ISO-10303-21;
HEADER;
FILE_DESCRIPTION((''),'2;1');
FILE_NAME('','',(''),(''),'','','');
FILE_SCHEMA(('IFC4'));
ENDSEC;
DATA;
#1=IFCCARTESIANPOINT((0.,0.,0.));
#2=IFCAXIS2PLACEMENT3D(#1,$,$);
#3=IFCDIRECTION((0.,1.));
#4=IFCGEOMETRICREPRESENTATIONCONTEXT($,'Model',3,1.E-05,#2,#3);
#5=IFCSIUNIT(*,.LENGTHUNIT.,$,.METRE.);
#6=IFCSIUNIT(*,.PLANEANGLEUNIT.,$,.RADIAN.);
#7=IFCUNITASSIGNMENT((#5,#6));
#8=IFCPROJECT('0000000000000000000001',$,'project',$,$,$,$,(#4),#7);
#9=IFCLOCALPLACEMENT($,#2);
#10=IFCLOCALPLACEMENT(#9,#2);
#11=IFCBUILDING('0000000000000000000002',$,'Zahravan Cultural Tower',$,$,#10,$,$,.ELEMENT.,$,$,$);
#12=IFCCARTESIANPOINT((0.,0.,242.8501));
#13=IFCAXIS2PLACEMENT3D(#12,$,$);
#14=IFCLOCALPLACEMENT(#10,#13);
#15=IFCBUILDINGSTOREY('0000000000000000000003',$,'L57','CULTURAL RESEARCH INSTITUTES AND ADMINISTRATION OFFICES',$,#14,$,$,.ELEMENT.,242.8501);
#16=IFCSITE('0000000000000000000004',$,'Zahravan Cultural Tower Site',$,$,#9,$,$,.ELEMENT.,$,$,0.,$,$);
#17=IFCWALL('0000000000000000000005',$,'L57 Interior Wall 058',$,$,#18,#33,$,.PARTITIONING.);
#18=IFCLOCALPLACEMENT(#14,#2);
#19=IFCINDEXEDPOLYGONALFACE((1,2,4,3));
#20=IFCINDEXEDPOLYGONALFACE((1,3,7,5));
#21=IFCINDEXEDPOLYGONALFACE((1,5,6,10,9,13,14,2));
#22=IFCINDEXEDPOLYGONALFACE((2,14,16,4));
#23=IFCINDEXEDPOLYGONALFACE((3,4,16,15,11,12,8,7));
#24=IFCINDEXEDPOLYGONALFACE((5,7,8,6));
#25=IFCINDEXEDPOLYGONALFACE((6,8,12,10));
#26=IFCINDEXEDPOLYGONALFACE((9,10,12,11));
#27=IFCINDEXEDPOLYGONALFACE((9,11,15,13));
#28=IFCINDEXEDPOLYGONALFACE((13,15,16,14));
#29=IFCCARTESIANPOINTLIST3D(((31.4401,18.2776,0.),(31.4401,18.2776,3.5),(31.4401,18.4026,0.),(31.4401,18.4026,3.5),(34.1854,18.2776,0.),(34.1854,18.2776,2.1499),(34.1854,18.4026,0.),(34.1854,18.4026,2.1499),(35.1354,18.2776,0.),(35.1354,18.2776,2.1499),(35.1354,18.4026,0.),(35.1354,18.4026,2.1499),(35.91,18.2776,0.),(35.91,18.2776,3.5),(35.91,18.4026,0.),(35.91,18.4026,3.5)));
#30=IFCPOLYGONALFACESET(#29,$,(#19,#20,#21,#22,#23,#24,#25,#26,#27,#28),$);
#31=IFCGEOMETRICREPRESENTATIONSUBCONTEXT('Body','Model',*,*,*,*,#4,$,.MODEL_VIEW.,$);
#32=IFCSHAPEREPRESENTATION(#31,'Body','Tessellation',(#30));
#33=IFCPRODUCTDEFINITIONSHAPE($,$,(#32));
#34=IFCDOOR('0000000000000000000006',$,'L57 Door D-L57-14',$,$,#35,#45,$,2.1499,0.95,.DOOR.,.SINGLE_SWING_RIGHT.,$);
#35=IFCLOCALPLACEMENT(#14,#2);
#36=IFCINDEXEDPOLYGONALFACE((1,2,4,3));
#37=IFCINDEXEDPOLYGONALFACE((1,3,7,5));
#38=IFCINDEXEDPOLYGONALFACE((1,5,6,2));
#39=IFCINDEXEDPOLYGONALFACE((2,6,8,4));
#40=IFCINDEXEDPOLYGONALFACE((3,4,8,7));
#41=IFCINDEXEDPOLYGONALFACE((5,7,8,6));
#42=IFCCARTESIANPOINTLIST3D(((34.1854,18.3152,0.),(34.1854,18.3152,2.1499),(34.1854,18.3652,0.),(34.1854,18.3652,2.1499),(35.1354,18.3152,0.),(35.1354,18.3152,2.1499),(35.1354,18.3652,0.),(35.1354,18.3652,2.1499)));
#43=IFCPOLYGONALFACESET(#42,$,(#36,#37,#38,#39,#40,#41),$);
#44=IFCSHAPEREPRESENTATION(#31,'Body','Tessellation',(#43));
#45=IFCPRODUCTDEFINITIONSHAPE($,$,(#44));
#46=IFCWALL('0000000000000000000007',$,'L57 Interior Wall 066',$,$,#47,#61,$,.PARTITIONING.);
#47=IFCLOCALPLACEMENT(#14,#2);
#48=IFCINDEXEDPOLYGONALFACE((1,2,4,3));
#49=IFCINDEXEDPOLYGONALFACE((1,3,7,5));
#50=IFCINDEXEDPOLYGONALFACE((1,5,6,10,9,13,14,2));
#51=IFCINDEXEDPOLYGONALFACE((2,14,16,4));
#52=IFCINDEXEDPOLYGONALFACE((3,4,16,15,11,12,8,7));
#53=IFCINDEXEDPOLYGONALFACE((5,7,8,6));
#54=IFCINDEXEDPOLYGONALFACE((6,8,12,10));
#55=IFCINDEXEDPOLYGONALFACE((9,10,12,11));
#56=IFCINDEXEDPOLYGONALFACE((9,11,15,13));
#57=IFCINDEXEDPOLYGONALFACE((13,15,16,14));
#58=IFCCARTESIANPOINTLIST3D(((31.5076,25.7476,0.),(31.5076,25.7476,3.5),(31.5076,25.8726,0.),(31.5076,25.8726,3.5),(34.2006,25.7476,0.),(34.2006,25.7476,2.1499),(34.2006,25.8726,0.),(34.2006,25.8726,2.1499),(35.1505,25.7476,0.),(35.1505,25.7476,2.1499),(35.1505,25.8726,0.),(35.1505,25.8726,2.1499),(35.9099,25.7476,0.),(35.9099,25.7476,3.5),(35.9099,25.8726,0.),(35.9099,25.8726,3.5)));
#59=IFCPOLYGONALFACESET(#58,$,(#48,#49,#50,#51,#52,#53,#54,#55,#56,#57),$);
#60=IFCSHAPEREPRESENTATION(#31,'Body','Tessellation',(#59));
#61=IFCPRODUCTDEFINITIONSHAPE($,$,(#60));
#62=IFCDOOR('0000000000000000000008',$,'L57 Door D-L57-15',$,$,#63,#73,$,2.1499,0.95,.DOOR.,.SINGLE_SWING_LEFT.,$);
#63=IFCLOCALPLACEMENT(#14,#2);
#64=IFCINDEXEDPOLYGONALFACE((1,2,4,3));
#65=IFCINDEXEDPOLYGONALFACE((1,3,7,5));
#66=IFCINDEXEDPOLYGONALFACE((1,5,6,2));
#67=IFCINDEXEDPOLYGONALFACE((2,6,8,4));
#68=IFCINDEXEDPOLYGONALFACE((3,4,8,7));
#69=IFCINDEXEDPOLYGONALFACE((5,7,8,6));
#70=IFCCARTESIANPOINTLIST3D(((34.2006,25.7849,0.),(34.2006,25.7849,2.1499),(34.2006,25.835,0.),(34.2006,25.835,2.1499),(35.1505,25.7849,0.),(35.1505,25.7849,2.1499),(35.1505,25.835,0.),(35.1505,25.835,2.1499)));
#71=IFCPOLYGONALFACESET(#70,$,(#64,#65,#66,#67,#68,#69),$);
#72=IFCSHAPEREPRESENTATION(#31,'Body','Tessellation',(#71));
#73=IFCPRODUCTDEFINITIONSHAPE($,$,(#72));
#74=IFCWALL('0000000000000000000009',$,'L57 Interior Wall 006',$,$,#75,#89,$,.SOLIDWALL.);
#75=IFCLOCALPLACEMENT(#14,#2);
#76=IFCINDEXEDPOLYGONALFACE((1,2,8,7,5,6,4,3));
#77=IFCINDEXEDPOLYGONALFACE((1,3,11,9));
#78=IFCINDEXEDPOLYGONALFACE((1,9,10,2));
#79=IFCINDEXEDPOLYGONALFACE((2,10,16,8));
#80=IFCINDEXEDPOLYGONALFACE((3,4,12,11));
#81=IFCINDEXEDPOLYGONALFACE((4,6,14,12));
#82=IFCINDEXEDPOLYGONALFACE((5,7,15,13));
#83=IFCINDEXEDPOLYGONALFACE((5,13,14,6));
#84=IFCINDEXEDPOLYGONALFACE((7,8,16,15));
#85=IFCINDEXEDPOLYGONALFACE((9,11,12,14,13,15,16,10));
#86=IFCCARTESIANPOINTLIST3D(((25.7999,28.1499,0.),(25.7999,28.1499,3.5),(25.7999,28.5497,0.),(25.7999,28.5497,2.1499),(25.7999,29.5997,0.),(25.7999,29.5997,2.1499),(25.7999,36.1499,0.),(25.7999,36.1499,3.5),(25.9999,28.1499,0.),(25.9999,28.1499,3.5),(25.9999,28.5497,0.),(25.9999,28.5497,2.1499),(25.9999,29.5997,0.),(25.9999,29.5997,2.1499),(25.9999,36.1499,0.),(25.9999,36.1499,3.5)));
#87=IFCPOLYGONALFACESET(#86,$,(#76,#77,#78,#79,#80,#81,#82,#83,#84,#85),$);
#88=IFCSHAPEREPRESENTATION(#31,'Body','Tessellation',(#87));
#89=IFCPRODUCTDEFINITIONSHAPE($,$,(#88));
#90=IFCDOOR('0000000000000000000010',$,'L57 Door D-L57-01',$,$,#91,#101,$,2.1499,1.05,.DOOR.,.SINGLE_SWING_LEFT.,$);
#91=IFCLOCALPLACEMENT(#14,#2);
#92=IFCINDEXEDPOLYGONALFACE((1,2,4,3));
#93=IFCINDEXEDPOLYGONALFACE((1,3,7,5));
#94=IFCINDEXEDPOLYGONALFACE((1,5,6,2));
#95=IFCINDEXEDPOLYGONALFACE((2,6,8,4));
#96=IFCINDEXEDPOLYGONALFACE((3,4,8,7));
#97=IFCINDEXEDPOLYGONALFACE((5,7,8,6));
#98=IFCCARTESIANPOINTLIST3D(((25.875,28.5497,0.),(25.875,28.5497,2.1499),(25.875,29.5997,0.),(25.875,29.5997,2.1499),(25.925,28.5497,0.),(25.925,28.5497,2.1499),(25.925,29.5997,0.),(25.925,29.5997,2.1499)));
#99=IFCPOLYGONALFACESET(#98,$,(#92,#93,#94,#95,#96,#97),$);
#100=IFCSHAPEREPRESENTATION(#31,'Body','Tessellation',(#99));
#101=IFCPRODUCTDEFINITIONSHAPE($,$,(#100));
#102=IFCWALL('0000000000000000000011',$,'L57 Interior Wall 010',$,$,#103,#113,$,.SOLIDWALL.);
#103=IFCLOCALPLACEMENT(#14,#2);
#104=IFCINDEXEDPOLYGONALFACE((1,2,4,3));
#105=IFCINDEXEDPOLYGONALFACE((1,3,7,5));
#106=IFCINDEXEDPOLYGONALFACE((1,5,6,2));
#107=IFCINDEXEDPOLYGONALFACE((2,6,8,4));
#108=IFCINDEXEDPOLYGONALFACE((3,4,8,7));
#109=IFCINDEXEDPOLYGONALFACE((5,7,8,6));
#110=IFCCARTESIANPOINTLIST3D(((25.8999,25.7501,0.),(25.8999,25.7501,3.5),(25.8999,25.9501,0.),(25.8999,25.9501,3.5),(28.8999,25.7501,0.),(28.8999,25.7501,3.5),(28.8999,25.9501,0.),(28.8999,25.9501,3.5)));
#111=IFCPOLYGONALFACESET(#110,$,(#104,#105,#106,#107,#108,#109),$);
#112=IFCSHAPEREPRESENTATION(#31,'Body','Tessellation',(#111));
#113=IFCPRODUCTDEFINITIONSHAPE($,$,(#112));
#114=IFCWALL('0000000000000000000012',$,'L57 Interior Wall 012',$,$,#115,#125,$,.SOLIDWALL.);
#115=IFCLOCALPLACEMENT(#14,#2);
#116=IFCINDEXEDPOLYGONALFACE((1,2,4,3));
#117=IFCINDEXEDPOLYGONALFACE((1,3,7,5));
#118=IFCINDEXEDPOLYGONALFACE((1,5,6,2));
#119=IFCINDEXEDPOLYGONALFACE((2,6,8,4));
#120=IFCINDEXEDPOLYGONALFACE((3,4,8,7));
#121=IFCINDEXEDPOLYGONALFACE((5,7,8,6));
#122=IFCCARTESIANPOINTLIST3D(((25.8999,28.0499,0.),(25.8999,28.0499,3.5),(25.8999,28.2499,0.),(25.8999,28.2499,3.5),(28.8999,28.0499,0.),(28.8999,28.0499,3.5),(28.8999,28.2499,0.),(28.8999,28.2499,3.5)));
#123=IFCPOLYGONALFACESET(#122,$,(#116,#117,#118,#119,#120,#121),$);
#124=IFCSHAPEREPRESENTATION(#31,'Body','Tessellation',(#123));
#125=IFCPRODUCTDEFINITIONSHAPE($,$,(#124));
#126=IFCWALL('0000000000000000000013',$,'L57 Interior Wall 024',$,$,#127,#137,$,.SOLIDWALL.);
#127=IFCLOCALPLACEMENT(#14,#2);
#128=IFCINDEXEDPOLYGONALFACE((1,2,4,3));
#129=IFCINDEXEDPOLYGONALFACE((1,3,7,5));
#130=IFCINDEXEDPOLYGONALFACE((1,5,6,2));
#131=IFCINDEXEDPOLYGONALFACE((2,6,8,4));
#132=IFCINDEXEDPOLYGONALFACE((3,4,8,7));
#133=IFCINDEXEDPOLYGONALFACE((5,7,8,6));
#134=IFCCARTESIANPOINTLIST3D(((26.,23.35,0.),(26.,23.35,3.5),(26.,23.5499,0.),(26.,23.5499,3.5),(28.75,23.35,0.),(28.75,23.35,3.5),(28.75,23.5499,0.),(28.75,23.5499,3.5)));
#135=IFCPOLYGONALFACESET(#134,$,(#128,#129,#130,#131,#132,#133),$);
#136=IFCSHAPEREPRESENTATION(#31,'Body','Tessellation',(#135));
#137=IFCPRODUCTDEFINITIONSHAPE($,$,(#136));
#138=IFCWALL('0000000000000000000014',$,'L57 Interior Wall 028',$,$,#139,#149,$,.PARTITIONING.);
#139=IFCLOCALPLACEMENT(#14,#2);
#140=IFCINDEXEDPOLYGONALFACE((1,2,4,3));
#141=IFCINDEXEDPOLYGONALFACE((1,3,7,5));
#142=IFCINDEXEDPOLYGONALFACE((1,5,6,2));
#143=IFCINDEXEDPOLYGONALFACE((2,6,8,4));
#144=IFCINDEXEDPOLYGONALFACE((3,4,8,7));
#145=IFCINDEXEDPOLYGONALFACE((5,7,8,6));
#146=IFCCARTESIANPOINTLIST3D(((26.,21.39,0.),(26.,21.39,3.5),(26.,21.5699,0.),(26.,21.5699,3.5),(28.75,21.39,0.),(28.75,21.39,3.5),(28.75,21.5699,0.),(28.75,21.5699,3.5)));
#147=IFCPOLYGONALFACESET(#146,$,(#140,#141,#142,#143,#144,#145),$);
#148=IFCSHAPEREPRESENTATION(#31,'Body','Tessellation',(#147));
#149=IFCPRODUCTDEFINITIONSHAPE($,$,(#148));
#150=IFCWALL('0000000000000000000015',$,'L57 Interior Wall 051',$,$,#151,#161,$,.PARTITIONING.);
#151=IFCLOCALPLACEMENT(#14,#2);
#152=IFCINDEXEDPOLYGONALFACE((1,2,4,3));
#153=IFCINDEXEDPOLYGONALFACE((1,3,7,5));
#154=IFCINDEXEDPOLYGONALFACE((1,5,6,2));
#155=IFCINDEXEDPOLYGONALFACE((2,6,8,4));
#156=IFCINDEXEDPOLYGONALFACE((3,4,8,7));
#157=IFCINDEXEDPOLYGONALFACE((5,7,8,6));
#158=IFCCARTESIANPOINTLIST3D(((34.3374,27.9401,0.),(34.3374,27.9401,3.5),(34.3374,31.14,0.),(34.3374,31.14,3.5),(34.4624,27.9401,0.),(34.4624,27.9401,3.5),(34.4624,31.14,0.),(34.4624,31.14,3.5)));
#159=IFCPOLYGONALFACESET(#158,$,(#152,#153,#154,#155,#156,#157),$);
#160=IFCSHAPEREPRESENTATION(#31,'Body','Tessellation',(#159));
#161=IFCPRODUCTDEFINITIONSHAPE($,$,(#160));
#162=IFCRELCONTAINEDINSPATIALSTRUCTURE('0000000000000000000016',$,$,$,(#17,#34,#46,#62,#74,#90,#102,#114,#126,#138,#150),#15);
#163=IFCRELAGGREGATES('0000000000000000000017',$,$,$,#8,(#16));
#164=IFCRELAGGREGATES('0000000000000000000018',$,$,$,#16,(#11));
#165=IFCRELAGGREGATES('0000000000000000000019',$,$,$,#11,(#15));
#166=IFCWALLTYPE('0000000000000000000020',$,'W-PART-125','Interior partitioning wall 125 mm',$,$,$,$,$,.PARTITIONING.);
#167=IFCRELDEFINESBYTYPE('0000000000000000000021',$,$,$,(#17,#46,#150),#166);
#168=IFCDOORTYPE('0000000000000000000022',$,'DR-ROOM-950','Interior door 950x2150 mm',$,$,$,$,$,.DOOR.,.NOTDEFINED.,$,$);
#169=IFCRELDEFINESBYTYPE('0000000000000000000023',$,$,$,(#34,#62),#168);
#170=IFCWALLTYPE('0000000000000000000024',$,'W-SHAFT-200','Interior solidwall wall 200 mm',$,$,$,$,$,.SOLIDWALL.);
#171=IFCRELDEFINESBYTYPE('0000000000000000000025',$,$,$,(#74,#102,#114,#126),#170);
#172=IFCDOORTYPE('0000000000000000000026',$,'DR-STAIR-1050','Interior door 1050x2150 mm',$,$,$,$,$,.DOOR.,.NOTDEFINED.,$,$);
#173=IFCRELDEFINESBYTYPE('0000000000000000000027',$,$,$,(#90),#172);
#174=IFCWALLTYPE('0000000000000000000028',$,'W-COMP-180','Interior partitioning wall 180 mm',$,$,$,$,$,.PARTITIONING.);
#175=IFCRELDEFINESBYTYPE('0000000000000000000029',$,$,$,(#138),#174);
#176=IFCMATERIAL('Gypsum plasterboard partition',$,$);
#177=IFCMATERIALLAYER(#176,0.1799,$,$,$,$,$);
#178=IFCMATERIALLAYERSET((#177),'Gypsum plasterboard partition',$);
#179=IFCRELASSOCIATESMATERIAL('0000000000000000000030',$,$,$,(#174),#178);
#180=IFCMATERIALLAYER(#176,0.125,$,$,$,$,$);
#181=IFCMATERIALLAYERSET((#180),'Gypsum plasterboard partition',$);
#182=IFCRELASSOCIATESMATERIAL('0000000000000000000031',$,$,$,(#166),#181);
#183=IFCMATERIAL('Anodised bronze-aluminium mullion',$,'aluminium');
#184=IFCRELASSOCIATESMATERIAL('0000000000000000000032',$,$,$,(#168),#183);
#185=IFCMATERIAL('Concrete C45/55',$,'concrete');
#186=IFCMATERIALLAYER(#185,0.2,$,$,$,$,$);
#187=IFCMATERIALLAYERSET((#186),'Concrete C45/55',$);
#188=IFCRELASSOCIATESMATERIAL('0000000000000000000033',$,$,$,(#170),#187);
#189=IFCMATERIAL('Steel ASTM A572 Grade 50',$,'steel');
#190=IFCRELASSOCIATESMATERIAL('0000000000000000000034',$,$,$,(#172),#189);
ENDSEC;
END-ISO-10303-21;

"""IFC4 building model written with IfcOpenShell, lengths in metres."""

from ifc_helpers import new_model, si_unit, direction, frame, frame_2d, origin, place, context, subcontext, project, spatial, rectangle, extrude, source, transform, mapped, material, layer, layer_set, type_object, element, fill, save


model = new_model("IFC4")

# Units and contexts
model_context = context("Model", 3, precision=1e-05, world=origin(), true_north=direction((0.0, 1.0)))
body_context = subcontext(model_context, "Body", "Model", "MODEL_VIEW")
ifc_project = project(units=[si_unit("LENGTHUNIT", "METRE"), si_unit("PLANEANGLEUNIT", "RADIAN")], contexts=[model_context])

# Site, building, storey
site_placement = place(None, origin())
site = spatial("IfcSite", under=ifc_project, at=site_placement, Name="Zahravan Cultural Tower Site", CompositionType="ELEMENT", RefElevation=0.0)
building_placement = place(site_placement, origin())
building = spatial("IfcBuilding", under=site, at=building_placement, Name="Zahravan Cultural Tower", CompositionType="ELEMENT")
storey_placement = place(building_placement, frame((0.0, 0.0, 242.8501)))
storey = spatial("IfcBuildingStorey", under=building, at=storey_placement, Name="L57", Description="CULTURAL RESEARCH INSTITUTES AND ADMINISTRATION OFFICES", CompositionType="ELEMENT", Elevation=242.8501)

# Walls, openings, doors
ifc_material_1 = material(Name="Steel ASTM A572 Grade 50", Category="steel")
ifc_material_2 = material(Name="Gypsum plasterboard partition")
ifc_layer_1 = layer(ifc_material_2, 0.1799)
ifc_layer_set_1 = layer_set([ifc_layer_1], Name="Gypsum plasterboard partition")
wall_type_1 = type_object("IfcWallType", Name="W-COMP-180", Description="Interior partitioning wall 180 mm", PredefinedType="PARTITIONING", material=ifc_layer_set_1)
ifc_layer_2 = layer(ifc_material_2, 0.125)
ifc_layer_set_2 = layer_set([ifc_layer_2], Name="Gypsum plasterboard partition")
wall_type_2 = type_object("IfcWallType", Name="W-PART-125", Description="Interior partitioning wall 125 mm", PredefinedType="PARTITIONING", material=ifc_layer_set_2)
ifc_material_3 = material(Name="Anodised bronze-aluminium mullion", Category="aluminium")
door_type_1 = type_object("IfcDoorType", Name="DR-ROOM-950", Description="Interior door 950x2150 mm", OperationType="NOTDEFINED", PredefinedType="DOOR", material=ifc_material_3)
shared_shape_1 = source(origin(), body_context, "Body", "SweptSolid", [
    extrude(rectangle(XDim=0.95, YDim=2.1499, at=frame_2d((0.4751, 1.075))), frame((0.0, 0.0249, 0.0), z_axis=(0.0, -1.0, 0.0), x_axis=(1.0, 0.0, 0.0)), (0.0, 0.0, 1.0), 0.05),
])
wall_1_placement = place(storey_placement, frame((35.9099, 18.3401, 0.0), z_axis=(0.0, 0.0, 1.0), x_axis=(-1.0, 0.0, 0.0)))
wall_1 = element("IfcWall", 1, at=wall_1_placement, inside=storey, type_object=wall_type_2, Name="L57 Interior Wall 058", PredefinedType="PARTITIONING", context=body_context, shape_type="SweptSolid", body=[
    extrude(rectangle(XDim=4.47, YDim=0.125, at=frame_2d((2.2349, 0.0))), origin(), (0.0, 0.0, 1.0), 3.5),
])
opening_1_placement = place(wall_1_placement, frame((0.7744, 0.0, 0.0)))
opening_1 = element("IfcOpeningElement", 2, at=opening_1_placement, cuts=wall_1, PredefinedType="OPENING", context=body_context, shape_type="SweptSolid", body=[
    extrude(rectangle(XDim=0.95, YDim=2.1499, at=frame_2d((0.4751, 1.075))), frame((0.0, 0.0725, 0.0), z_axis=(0.0, -1.0, 0.0), x_axis=(1.0, 0.0, 0.0)), (0.0, 0.0, 1.0), 0.145),
])
door_1_placement = place(opening_1_placement, origin())
door_1 = element("IfcDoor", 3, at=door_1_placement, inside=storey, type_object=door_type_1, Name="L57 Door D-L57-14", OperationType="SINGLE_SWING_RIGHT", OverallHeight=2.1499, OverallWidth=0.95, PredefinedType="DOOR", context=body_context, shape_type="MappedRepresentation", body=[
    mapped(shared_shape_1, transform((0.0, 0.0, 0.0), x_axis=(1.0, 0.0, 0.0), y_axis=(0.0, 1.0, 0.0), z_axis=(0.0, 0.0, 1.0), scale=1.0)),
])
fill(opening_1, door_1)
wall_2_placement = place(storey_placement, frame((31.5076, 25.8101, 0.0), z_axis=(0.0, 0.0, 1.0), x_axis=(1.0, 0.0, 0.0)))
wall_2 = element("IfcWall", 4, at=wall_2_placement, inside=storey, type_object=wall_type_2, Name="L57 Interior Wall 066", PredefinedType="PARTITIONING", context=body_context, shape_type="SweptSolid", body=[
    extrude(rectangle(XDim=4.4023, YDim=0.125, at=frame_2d((2.2012, 0.0))), origin(), (0.0, 0.0, 1.0), 3.5),
])
opening_2_placement = place(wall_2_placement, frame((2.6929, 0.0, 0.0)))
opening_2 = element("IfcOpeningElement", 5, at=opening_2_placement, cuts=wall_2, PredefinedType="OPENING", context=body_context, shape_type="SweptSolid", body=[
    extrude(rectangle(XDim=0.95, YDim=2.1499, at=frame_2d((0.4751, 1.075))), frame((0.0, 0.0725, 0.0), z_axis=(0.0, -1.0, 0.0), x_axis=(1.0, 0.0, 0.0)), (0.0, 0.0, 1.0), 0.145),
])
door_2_placement = place(opening_2_placement, origin())
door_2 = element("IfcDoor", 6, at=door_2_placement, inside=storey, type_object=door_type_1, Name="L57 Door D-L57-15", OperationType="SINGLE_SWING_LEFT", OverallHeight=2.1499, OverallWidth=0.95, PredefinedType="DOOR", context=body_context, shape_type="MappedRepresentation", body=[
    mapped(shared_shape_1, transform((0.0, 0.0, 0.0), x_axis=(1.0, 0.0, 0.0), y_axis=(0.0, 1.0, 0.0), z_axis=(0.0, 0.0, 1.0), scale=1.0)),
])
fill(opening_2, door_2)
ifc_material_4 = material(Name="Concrete C45/55", Category="concrete")
ifc_layer_3 = layer(ifc_material_4, 0.2)
ifc_layer_set_3 = layer_set([ifc_layer_3], Name="Concrete C45/55")
wall_type_3 = type_object("IfcWallType", Name="W-SHAFT-200", Description="Interior solidwall wall 200 mm", PredefinedType="SOLIDWALL", material=ifc_layer_set_3)
wall_3_placement = place(storey_placement, frame((25.8999, 28.1499, 0.0), z_axis=(0.0, 0.0, 1.0), x_axis=(0.0, 1.0, 0.0)))
wall_3 = element("IfcWall", 7, at=wall_3_placement, inside=storey, type_object=wall_type_3, Name="L57 Interior Wall 006", PredefinedType="SOLIDWALL", context=body_context, shape_type="SweptSolid", body=[
    extrude(rectangle(XDim=8.0, YDim=0.2, at=frame_2d((4.0, 0.0))), origin(), (0.0, 0.0, 1.0), 3.5),
])
opening_3_placement = place(wall_3_placement, frame((0.3999, 0.0, 0.0)))
opening_3 = element("IfcOpeningElement", 8, at=opening_3_placement, cuts=wall_3, PredefinedType="OPENING", context=body_context, shape_type="SweptSolid", body=[
    extrude(rectangle(XDim=1.05, YDim=2.1499, at=frame_2d((0.5249, 1.075))), frame((0.0, 0.1099, 0.0), z_axis=(0.0, -1.0, 0.0), x_axis=(1.0, 0.0, 0.0)), (0.0, 0.0, 1.0), 0.22),
])
door_type_2 = type_object("IfcDoorType", Name="DR-STAIR-1050", Description="Interior door 1050x2150 mm", OperationType="NOTDEFINED", PredefinedType="DOOR", material=ifc_material_1)
shared_shape_2 = source(origin(), body_context, "Body", "SweptSolid", [
    extrude(rectangle(XDim=1.05, YDim=2.1499, at=frame_2d((0.5249, 1.075))), frame((0.0, 0.0249, 0.0), z_axis=(0.0, -1.0, 0.0), x_axis=(1.0, 0.0, 0.0)), (0.0, 0.0, 1.0), 0.05),
])
door_3_placement = place(opening_3_placement, origin())
door_3 = element("IfcDoor", 9, at=door_3_placement, inside=storey, type_object=door_type_2, Name="L57 Door D-L57-01", OperationType="SINGLE_SWING_LEFT", OverallHeight=2.1499, OverallWidth=1.05, PredefinedType="DOOR", context=body_context, shape_type="MappedRepresentation", body=[
    mapped(shared_shape_2, transform((0.0, 0.0, 0.0), x_axis=(1.0, 0.0, 0.0), y_axis=(0.0, 1.0, 0.0), z_axis=(0.0, 0.0, 1.0), scale=1.0)),
])
fill(opening_3, door_3)

# Walls
shared_shape_3 = source(origin(), body_context, "Body", "SweptSolid", [
    extrude(rectangle(XDim=3.0, YDim=0.2, at=frame_2d((1.5, 0.0))), origin(), (0.0, 0.0, 1.0), 3.5),
])
for number, where, z_axis, x_axis, name in (
    (10, (25.8999, 25.8501, 0.0), (0.0, 0.0, 1.0), (1.0, 0.0, 0.0), "L57 Interior Wall 010"),
    (11, (25.8999, 28.1499, 0.0), (0.0, 0.0, 1.0), (1.0, 0.0, 0.0), "L57 Interior Wall 012"),
):
    element("IfcWall", number, at=place(storey_placement, frame(where, z_axis=z_axis, x_axis=x_axis)), inside=storey, type_object=wall_type_3, Name=name, PredefinedType="SOLIDWALL", context=body_context, shape_type="MappedRepresentation", body=[
        mapped(shared_shape_3, transform((0.0, 0.0, 0.0), x_axis=(1.0, 0.0, 0.0), y_axis=(0.0, 1.0, 0.0), z_axis=(0.0, 0.0, 1.0), scale=1.0)),
    ])
shared_shape_4 = source(origin(), body_context, "Body", "SweptSolid", [
    extrude(rectangle(XDim=2.75, YDim=0.2, at=frame_2d((1.375, 0.0))), origin(), (0.0, 0.0, 1.0), 3.5),
])
wall_4_placement = place(storey_placement, frame((26.0, 23.45, 0.0), z_axis=(0.0, 0.0, 1.0), x_axis=(1.0, 0.0, 0.0)))
element("IfcWall", 12, at=wall_4_placement, inside=storey, type_object=wall_type_3, Name="L57 Interior Wall 024", PredefinedType="SOLIDWALL", context=body_context, shape_type="MappedRepresentation", body=[
    mapped(shared_shape_4, transform((0.0, 0.0, 0.0), x_axis=(1.0, 0.0, 0.0), y_axis=(0.0, 1.0, 0.0), z_axis=(0.0, 0.0, 1.0), scale=1.0)),
])
shared_shape_5 = source(origin(), body_context, "Body", "SweptSolid", [
    extrude(rectangle(XDim=2.75, YDim=0.1799, at=frame_2d((1.375, 0.0))), origin(), (0.0, 0.0, 1.0), 3.5),
])
wall_5_placement = place(storey_placement, frame((26.0, 21.48, 0.0), z_axis=(0.0, 0.0, 1.0), x_axis=(1.0, 0.0, 0.0)))
element("IfcWall", 13, at=wall_5_placement, inside=storey, type_object=wall_type_1, Name="L57 Interior Wall 028", PredefinedType="PARTITIONING", context=body_context, shape_type="MappedRepresentation", body=[
    mapped(shared_shape_5, transform((0.0, 0.0, 0.0), x_axis=(1.0, 0.0, 0.0), y_axis=(0.0, 1.0, 0.0), z_axis=(0.0, 0.0, 1.0), scale=1.0)),
])
shared_shape_6 = source(origin(), body_context, "Body", "SweptSolid", [
    extrude(rectangle(XDim=3.2, YDim=0.125, at=frame_2d((1.6001, 0.0))), origin(), (0.0, 0.0, 1.0), 3.5),
])
wall_6_placement = place(storey_placement, frame((34.3999, 27.9399, 0.0), z_axis=(0.0, 0.0, 1.0), x_axis=(0.0, 1.0, 0.0)))
element("IfcWall", 14, at=wall_6_placement, inside=storey, type_object=wall_type_2, Name="L57 Interior Wall 051", PredefinedType="PARTITIONING", context=body_context, shape_type="MappedRepresentation", body=[
    mapped(shared_shape_6, transform((0.0, 0.0, 0.0), x_axis=(1.0, 0.0, 0.0), y_axis=(0.0, 1.0, 0.0), z_axis=(0.0, 0.0, 1.0), scale=1.0)),
])

save(model, "model.ifc")
